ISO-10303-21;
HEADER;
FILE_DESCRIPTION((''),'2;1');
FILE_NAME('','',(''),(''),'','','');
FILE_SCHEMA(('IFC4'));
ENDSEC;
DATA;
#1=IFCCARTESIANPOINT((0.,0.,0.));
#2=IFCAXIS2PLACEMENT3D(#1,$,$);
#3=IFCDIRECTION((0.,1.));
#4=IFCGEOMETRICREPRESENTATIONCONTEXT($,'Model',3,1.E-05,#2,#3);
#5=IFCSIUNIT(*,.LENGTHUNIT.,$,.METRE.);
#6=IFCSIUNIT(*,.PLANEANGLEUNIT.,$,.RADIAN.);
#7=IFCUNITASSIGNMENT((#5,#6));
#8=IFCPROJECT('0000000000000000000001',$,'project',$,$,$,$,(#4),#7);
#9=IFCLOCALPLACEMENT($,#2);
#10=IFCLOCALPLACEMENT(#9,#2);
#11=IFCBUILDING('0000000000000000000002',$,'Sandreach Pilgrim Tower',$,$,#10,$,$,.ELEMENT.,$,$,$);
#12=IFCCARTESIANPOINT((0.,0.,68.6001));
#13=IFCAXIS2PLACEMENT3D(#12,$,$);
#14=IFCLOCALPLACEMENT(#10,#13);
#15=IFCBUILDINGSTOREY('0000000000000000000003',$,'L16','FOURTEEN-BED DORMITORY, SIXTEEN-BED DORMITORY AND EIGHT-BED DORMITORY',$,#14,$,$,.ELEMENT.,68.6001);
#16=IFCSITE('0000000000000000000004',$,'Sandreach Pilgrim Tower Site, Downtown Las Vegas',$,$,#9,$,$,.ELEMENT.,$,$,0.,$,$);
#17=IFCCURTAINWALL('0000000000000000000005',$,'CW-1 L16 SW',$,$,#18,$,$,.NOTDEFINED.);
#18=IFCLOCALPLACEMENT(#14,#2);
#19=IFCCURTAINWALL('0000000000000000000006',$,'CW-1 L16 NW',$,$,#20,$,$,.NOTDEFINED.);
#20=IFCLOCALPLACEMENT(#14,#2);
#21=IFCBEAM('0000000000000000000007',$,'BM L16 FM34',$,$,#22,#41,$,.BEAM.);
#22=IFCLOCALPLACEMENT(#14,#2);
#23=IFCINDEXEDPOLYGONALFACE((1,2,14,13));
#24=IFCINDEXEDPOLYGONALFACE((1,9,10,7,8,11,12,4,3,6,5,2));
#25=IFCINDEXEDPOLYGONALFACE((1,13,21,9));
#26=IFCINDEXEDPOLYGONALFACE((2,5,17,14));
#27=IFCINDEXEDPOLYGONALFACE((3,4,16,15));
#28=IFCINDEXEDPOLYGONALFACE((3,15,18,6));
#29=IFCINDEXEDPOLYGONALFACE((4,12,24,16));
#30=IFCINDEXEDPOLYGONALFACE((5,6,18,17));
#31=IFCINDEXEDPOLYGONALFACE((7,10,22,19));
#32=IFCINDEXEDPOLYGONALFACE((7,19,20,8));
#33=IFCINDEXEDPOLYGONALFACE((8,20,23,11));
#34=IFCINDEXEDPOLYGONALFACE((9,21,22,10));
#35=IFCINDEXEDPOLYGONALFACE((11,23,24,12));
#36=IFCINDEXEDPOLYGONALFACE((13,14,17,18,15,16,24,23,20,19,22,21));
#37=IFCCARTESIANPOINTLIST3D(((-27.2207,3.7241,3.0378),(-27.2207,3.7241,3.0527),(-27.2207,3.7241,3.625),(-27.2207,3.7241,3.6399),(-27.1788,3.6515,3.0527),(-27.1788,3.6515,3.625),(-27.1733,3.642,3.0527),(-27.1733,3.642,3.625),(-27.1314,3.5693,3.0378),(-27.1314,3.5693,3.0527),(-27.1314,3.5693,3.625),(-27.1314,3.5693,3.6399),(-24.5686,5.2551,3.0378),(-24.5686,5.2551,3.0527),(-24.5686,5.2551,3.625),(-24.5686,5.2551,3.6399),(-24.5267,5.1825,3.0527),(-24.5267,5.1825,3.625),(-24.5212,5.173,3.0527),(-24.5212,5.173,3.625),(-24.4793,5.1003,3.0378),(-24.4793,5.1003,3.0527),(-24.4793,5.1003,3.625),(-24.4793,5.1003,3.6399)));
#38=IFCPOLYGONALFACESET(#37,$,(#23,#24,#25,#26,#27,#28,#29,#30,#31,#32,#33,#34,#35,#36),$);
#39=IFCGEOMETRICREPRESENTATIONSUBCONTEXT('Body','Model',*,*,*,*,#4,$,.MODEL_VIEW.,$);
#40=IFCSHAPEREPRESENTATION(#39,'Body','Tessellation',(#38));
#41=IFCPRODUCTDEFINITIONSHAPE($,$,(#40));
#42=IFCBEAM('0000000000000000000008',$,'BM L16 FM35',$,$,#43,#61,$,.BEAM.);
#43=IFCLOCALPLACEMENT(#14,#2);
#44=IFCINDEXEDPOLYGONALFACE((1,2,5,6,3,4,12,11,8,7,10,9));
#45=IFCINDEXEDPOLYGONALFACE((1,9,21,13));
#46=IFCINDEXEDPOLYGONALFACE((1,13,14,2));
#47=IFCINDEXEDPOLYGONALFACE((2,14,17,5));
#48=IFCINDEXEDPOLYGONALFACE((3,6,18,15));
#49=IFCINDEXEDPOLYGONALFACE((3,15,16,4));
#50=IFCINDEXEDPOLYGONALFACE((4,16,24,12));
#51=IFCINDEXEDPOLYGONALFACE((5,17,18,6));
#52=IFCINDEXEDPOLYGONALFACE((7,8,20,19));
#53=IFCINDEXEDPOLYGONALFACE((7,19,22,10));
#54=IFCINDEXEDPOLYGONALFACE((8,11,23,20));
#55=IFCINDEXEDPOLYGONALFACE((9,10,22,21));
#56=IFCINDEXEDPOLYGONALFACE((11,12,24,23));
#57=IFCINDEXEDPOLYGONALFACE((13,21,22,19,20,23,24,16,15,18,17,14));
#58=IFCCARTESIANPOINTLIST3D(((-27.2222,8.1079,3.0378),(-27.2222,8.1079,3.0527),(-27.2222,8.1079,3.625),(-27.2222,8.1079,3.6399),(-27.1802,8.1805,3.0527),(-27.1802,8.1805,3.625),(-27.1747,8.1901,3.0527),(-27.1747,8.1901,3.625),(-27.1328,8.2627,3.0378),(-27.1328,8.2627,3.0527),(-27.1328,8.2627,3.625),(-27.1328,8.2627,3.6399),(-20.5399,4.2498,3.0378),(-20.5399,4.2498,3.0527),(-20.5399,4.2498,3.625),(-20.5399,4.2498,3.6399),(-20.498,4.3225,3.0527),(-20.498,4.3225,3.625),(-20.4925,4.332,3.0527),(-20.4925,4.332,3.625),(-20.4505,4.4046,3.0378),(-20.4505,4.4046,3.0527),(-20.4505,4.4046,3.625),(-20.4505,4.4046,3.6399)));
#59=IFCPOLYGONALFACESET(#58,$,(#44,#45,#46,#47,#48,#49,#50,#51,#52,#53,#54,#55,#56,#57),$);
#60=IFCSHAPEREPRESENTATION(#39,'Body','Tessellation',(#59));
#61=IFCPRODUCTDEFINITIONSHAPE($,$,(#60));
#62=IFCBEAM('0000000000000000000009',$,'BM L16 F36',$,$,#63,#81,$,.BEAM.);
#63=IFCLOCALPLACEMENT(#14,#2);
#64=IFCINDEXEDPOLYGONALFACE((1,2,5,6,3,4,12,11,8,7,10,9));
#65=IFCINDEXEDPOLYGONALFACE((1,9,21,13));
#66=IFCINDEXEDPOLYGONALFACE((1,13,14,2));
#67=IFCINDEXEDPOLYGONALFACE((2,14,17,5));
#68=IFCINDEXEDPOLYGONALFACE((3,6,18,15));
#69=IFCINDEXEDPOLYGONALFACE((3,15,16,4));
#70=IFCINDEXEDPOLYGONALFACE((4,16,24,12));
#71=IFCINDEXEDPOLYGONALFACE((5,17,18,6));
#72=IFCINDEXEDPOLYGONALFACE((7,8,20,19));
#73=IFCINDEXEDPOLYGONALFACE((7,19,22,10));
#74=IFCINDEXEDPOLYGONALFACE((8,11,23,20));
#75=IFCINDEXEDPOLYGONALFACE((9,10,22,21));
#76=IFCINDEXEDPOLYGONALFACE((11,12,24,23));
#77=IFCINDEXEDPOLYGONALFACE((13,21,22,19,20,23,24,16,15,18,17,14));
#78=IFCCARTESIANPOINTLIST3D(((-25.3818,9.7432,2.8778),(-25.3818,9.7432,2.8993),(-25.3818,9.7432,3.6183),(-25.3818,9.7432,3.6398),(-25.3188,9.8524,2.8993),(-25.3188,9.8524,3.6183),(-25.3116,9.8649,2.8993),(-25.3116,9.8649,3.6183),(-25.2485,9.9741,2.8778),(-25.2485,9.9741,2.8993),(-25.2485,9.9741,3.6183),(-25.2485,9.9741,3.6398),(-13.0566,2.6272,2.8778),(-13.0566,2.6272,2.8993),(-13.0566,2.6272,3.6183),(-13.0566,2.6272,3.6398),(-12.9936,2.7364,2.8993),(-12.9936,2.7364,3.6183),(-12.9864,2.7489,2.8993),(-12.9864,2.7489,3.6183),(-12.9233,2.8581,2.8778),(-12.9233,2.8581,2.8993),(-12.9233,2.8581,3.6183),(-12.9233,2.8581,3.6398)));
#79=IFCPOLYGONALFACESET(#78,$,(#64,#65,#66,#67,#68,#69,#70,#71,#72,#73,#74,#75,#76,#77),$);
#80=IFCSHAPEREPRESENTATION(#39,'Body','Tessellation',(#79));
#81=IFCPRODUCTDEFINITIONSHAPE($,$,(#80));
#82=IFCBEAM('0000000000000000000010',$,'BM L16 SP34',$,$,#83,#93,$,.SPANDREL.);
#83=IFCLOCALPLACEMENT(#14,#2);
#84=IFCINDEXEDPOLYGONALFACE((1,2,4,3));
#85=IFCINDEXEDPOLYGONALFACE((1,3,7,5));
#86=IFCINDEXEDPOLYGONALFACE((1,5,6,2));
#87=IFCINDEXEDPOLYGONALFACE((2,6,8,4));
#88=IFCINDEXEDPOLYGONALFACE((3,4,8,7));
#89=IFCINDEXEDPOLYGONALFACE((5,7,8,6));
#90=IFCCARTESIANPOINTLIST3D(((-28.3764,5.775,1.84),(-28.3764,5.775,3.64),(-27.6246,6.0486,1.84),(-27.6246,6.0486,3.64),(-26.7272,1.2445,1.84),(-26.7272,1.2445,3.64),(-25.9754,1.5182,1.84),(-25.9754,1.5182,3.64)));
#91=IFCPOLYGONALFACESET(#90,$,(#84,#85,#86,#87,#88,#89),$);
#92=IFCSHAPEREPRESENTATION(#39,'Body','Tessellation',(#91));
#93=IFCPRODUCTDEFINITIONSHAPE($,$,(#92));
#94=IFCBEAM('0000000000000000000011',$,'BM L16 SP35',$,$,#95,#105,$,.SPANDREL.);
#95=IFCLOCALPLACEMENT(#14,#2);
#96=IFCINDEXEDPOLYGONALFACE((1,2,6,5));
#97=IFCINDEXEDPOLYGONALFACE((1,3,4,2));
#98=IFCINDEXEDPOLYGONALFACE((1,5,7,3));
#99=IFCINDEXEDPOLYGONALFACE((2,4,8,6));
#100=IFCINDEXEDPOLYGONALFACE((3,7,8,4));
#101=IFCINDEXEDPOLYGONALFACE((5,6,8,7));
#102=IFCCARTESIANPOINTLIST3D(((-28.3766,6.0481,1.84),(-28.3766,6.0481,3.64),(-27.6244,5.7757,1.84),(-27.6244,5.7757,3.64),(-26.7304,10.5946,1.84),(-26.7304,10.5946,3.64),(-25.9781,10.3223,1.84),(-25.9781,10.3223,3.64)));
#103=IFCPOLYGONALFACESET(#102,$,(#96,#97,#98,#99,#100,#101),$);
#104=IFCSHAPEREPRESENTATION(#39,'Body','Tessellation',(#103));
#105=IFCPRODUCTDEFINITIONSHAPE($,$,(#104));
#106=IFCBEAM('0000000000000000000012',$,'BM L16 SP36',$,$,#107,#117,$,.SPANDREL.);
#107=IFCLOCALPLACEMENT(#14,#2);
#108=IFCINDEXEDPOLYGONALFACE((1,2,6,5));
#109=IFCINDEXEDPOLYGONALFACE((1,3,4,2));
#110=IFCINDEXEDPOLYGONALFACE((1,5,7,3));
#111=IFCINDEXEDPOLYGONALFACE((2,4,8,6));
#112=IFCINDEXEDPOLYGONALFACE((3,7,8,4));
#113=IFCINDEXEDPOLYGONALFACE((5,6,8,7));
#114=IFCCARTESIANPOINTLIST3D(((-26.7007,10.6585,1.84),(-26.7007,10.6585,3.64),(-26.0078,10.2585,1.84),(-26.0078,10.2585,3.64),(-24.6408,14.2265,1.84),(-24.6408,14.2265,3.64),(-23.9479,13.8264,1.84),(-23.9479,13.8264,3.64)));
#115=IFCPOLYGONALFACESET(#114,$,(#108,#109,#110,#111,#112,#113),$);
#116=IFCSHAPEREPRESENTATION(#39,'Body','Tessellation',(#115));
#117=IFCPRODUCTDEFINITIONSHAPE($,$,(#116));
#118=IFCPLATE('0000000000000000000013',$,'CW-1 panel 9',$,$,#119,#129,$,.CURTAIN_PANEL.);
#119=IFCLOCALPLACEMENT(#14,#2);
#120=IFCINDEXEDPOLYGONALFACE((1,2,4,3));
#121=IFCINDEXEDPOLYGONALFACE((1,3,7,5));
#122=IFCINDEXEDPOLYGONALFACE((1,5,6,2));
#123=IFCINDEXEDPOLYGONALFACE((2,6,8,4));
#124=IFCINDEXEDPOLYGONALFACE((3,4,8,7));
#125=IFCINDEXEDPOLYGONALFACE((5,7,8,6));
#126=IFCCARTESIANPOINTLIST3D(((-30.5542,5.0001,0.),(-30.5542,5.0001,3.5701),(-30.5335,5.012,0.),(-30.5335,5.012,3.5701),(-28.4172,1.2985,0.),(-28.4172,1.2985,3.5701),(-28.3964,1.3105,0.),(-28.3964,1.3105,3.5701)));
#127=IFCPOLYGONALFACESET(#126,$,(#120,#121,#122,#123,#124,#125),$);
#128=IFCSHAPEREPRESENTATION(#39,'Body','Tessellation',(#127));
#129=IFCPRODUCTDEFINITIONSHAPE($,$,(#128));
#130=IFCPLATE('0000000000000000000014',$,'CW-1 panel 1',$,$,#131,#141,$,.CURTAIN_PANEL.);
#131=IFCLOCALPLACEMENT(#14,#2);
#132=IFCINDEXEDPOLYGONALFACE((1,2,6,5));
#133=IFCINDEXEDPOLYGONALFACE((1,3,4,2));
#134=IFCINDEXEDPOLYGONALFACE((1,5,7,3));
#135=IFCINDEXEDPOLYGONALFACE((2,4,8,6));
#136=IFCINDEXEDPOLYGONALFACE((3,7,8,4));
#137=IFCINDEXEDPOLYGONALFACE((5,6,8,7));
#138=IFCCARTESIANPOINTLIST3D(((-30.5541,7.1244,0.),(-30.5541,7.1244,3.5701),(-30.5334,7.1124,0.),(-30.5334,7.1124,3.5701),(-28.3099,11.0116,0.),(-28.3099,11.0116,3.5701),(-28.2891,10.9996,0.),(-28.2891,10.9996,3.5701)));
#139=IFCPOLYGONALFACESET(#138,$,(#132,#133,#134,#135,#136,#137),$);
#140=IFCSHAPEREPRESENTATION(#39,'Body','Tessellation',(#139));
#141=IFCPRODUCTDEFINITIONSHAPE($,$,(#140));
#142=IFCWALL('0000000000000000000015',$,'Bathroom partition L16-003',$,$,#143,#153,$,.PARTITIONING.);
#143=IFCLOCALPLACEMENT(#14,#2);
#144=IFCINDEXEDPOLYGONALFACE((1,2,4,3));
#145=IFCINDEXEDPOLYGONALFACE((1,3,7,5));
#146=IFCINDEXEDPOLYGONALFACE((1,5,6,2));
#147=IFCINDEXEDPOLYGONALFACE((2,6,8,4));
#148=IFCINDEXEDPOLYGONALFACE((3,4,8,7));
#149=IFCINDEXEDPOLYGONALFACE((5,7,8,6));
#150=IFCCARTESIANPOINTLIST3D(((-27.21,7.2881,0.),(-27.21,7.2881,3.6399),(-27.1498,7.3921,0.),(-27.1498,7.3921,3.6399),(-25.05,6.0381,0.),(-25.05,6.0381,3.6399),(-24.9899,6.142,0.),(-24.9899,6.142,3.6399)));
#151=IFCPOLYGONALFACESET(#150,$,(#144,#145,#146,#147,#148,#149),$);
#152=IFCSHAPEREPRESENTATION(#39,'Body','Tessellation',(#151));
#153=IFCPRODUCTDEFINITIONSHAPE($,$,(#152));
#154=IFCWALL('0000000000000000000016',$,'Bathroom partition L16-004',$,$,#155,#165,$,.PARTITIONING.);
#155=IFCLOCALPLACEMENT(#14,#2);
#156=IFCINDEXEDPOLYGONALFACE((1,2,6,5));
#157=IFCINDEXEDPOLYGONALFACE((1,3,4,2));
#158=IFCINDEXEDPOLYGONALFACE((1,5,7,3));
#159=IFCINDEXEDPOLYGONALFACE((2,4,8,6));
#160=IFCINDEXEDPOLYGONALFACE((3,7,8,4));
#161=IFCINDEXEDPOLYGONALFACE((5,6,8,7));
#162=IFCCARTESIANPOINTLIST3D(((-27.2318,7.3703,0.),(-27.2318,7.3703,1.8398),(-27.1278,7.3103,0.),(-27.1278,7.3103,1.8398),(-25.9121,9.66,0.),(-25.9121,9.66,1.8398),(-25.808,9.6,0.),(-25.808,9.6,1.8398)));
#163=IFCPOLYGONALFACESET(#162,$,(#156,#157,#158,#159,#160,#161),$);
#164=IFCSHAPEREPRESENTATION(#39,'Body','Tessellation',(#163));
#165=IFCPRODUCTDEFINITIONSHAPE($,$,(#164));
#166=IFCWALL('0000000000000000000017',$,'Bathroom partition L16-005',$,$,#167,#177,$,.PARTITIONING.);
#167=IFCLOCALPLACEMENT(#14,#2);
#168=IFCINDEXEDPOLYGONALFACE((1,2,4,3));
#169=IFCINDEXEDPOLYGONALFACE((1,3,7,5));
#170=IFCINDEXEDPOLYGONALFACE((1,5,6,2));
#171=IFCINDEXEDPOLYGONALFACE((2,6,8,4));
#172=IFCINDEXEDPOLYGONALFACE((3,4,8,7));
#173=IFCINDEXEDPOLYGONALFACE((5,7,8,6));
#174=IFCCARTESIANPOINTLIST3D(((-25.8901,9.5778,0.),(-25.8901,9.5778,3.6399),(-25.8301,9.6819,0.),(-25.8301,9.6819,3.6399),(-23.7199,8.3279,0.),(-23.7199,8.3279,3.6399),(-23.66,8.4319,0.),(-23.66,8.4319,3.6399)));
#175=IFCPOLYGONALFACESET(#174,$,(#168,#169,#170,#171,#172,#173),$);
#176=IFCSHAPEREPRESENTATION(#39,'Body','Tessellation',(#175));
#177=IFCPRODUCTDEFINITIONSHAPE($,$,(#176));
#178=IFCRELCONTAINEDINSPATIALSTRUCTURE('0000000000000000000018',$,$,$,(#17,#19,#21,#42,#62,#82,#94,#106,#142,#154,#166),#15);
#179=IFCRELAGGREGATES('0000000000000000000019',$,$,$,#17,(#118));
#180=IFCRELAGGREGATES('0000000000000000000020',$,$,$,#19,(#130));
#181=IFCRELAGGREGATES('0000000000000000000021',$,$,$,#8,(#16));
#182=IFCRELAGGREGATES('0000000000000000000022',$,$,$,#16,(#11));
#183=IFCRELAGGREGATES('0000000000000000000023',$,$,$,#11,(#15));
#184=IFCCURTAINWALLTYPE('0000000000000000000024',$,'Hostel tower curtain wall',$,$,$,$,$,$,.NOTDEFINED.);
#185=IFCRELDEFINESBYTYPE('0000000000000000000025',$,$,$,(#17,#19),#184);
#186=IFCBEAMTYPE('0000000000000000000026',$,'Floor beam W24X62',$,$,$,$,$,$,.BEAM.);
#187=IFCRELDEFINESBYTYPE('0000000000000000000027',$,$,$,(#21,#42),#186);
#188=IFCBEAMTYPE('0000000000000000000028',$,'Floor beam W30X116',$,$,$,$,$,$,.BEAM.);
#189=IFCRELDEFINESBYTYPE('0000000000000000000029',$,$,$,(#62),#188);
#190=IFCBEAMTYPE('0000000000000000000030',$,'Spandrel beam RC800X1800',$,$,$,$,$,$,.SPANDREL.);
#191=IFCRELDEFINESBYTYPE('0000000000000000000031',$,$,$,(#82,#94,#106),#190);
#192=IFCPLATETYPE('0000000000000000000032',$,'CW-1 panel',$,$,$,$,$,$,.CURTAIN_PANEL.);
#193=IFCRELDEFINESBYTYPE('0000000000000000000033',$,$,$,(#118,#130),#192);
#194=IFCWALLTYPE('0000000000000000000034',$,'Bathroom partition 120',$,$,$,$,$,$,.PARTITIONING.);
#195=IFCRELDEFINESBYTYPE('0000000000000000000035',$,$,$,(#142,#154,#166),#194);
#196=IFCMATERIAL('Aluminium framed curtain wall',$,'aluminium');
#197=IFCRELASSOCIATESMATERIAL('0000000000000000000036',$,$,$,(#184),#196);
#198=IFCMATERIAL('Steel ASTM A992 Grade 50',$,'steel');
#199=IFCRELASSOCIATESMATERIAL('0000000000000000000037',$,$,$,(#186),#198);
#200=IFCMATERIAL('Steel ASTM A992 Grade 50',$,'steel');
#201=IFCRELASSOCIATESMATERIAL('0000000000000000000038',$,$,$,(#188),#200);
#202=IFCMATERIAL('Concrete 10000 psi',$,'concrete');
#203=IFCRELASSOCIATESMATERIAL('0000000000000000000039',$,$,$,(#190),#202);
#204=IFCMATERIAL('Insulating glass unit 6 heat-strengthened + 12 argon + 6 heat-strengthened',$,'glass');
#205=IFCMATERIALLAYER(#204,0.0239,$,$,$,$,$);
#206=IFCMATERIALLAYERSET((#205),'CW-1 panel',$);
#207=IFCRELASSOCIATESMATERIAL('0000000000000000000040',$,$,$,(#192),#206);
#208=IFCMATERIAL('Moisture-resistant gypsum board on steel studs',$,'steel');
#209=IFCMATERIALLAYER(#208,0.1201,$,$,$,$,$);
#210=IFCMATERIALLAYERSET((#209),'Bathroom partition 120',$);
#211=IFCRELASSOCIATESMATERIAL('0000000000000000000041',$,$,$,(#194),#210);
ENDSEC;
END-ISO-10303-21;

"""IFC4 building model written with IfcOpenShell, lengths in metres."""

from ifc_helpers import new_model, si_unit, direction, frame, frame_2d, origin, origin_2d, place, context, subcontext, project, spatial, rectangle, i_section, extrude, material, layer, layer_set, material_profile, profile_set, type_object, element, aggregate, save


model = new_model("IFC4")

# Units and contexts
model_context = context("Model", 3, precision=1e-05, world=origin(), true_north=direction((0.0, 1.0)))
body_context = subcontext(model_context, "Body", "Model", "MODEL_VIEW")
ifc_project = project(units=[si_unit("LENGTHUNIT", "METRE"), si_unit("PLANEANGLEUNIT", "RADIAN")], contexts=[model_context])

# Site, building, storey
site_placement = place(None, origin())
site = spatial("IfcSite", under=ifc_project, at=site_placement, Name="Sandreach Pilgrim Tower Site, Downtown Las Vegas", CompositionType="ELEMENT", RefElevation=0.0)
building_placement = place(site_placement, origin())
building = spatial("IfcBuilding", under=site, at=building_placement, Name="Sandreach Pilgrim Tower", CompositionType="ELEMENT")
storey_placement = place(building_placement, frame((0.0, 0.0, 68.6001)))
storey = spatial("IfcBuildingStorey", under=building, at=storey_placement, Name="L16", Description="FOURTEEN-BED DORMITORY, SIXTEEN-BED DORMITORY AND EIGHT-BED DORMITORY", CompositionType="ELEMENT", Elevation=68.6001)

# Curtain wall
ifc_material_1 = material(Name="Aluminium framed curtain wall", Category="aluminium")
curtain_wall_type = type_object("IfcCurtainWallType", Name="Hostel tower curtain wall", PredefinedType="NOTDEFINED", material=ifc_material_1)
curtain_wall_1_placement = place(storey_placement, origin())
curtain_wall_1 = element("IfcCurtainWall", 1, at=curtain_wall_1_placement, inside=storey, type_object=curtain_wall_type, Name="CW-1 L16 SW", PredefinedType="NOTDEFINED")

# Curtain wall
curtain_wall_2_placement = place(storey_placement, origin())
curtain_wall_2 = element("IfcCurtainWall", 2, at=curtain_wall_2_placement, inside=storey, type_object=curtain_wall_type, Name="CW-1 L16 NW", PredefinedType="NOTDEFINED")

# Beams
ifc_material_2 = material(Name="Steel ASTM A992 Grade 50", Category="steel")
ifc_material_profile_1 = material_profile(ifc_material_2, i_section(OverallWidth=0.1787, OverallDepth=0.6021, WebThickness=0.011, FlangeThickness=0.0149, at=origin_2d()), Name="W24X62")
ifc_profile_set_1 = profile_set([ifc_material_profile_1], Name="Steel ASTM A992 Grade 50")
beam_type_1 = type_object("IfcBeamType", Name="Floor beam W24X62", PredefinedType="BEAM", material=ifc_profile_set_1)
beam_1_placement = place(storey_placement, frame((-27.176, 3.6467, 3.3389), z_axis=(0.866052, 0.499955, 0.0), x_axis=(-0.499955, 0.866052, 0.0)))
element("IfcBeam", 3, at=beam_1_placement, inside=storey, type_object=beam_type_1, Name="BM L16 FM34", PredefinedType="BEAM", context=body_context, shape_type="SweptSolid", body=[
    extrude(i_section(OverallWidth=0.1787, OverallDepth=0.6021, WebThickness=0.011, FlangeThickness=0.0149, at=origin_2d()), origin(), (0.0, 0.0, 1.0), 3.0623),
])
beam_2_placement = place(storey_placement, frame((-27.1775, 8.1853, 3.3389), z_axis=(0.866021, -0.500008, 0.0), x_axis=(0.500008, 0.866021, 0.0)))
element("IfcBeam", 4, at=beam_2_placement, inside=storey, type_object=beam_type_1, Name="BM L16 FM35", PredefinedType="BEAM", context=body_context, shape_type="SweptSolid", body=[
    extrude(i_section(OverallWidth=0.1787, OverallDepth=0.6021, WebThickness=0.011, FlangeThickness=0.0149, at=origin_2d()), origin(), (0.0, 0.0, 1.0), 7.7161),
])
ifc_material_3 = material(Name="Steel ASTM A992 Grade 50", Category="steel")
ifc_material_profile_2 = material_profile(ifc_material_3, i_section(OverallWidth=0.2666, OverallDepth=0.762, WebThickness=0.0144, FlangeThickness=0.0215, at=origin_2d()), Name="W30X116")
ifc_profile_set_2 = profile_set([ifc_material_profile_2], Name="Steel ASTM A992 Grade 50")
beam_type_2 = type_object("IfcBeamType", Name="Floor beam W30X116", PredefinedType="BEAM", material=ifc_profile_set_2)
beam_3_placement = place(storey_placement, frame((-25.3152, 9.8586, 3.2588), z_axis=(0.866025, -0.500001, 0.0), x_axis=(0.500001, 0.866025, 0.0)))
element("IfcBeam", 5, at=beam_3_placement, inside=storey, type_object=beam_type_2, Name="BM L16 F36", PredefinedType="BEAM", context=body_context, shape_type="SweptSolid", body=[
    extrude(i_section(OverallWidth=0.2666, OverallDepth=0.762, WebThickness=0.0144, FlangeThickness=0.0215, at=origin_2d()), origin(), (0.0, 0.0, 1.0), 14.2319),
])
ifc_material_4 = material(Name="Concrete 10000 psi", Category="concrete")
ifc_material_profile_3 = material_profile(ifc_material_4, rectangle(XDim=0.8, YDim=1.8, at=origin_2d()), Name="RC800X1800")
ifc_profile_set_3 = profile_set([ifc_material_profile_3], Name="Concrete 10000 psi")
beam_type_3 = type_object("IfcBeamType", Name="Spandrel beam RC800X1800", PredefinedType="SPANDREL", material=ifc_profile_set_3)
beam_4_placement = place(storey_placement, frame((-26.3513, 1.3813, 2.74), z_axis=(-0.342056, 0.93968, 0.0), x_axis=(-0.93968, -0.342056, 0.0)))
element("IfcBeam", 6, at=beam_4_placement, inside=storey, type_object=beam_type_3, Name="BM L16 SP34", PredefinedType="SPANDREL", context=body_context, shape_type="SweptSolid", body=[
    extrude(rectangle(XDim=0.8, YDim=1.8, at=origin_2d()), origin(), (0.0, 0.0, 1.0), 4.8213),
])
beam_5_placement = place(storey_placement, frame((-28.0005, 5.9119, 2.74), z_axis=(0.34045, 0.940263, 0.0), x_axis=(-0.940263, 0.34045, 0.0)))
element("IfcBeam", 7, at=beam_5_placement, inside=storey, type_object=beam_type_3, Name="BM L16 SP35", PredefinedType="SPANDREL", context=body_context, shape_type="SweptSolid", body=[
    extrude(rectangle(XDim=0.8, YDim=1.8, at=origin_2d()), origin(), (0.0, 0.0, 1.0), 4.8354),
])
beam_6_placement = place(storey_placement, frame((-26.3542, 10.4585, 2.74), z_axis=(0.499982, 0.866036, 0.0), x_axis=(-0.866036, 0.499982, 0.0)))
element("IfcBeam", 8, at=beam_6_placement, inside=storey, type_object=beam_type_3, Name="BM L16 SP36", PredefinedType="SPANDREL", context=body_context, shape_type="SweptSolid", body=[
    extrude(rectangle(XDim=0.8, YDim=1.8, at=origin_2d()), origin(), (0.0, 0.0, 1.0), 4.1199),
])

# Plates
ifc_material_5 = material(Name="Insulating glass unit 6 heat-strengthened + 12 argon + 6 heat-strengthened", Category="glass")
ifc_layer_1 = layer(ifc_material_5, 0.0239)
ifc_layer_set_1 = layer_set([ifc_layer_1], Name="CW-1 panel")
plate_type = type_object("IfcPlateType", Name="CW-1 panel", PredefinedType="CURTAIN_PANEL", material=ifc_layer_set_1)
plate_1_placement = place(storey_placement, frame((-29.4753, 3.1553, 0.0), z_axis=(0.0, 0.0, 1.0), x_axis=(-0.5, 0.866025, 0.0)))
plate_1 = element("IfcPlate", 9, at=plate_1_placement, type_object=plate_type, Name="CW-1 panel 9", PredefinedType="CURTAIN_PANEL", context=body_context, shape_type="SweptSolid", body=[
    extrude(rectangle(XDim=4.2742, YDim=0.0239, at=origin_2d()), origin(), (0.0, 0.0, 1.0), 3.5701),
])
aggregate(curtain_wall_1, [plate_1])
plate_2_placement = place(storey_placement, frame((-29.4216, 9.062, 0.0), z_axis=(0.0, 0.0, 1.0), x_axis=(0.5, 0.866025, 0.0)))
plate_2 = element("IfcPlate", 10, at=plate_2_placement, type_object=plate_type, Name="CW-1 panel 1", PredefinedType="CURTAIN_PANEL", context=body_context, shape_type="SweptSolid", body=[
    extrude(rectangle(XDim=4.4885, YDim=0.0239, at=origin_2d()), origin(), (0.0, 0.0, 1.0), 3.5701),
])
aggregate(curtain_wall_2, [plate_2])

# Walls
ifc_material_6 = material(Name="Moisture-resistant gypsum board on steel studs", Category="steel")
ifc_layer_2 = layer(ifc_material_6, 0.1201)
ifc_layer_set_2 = layer_set([ifc_layer_2], Name="Bathroom partition 120")
wall_type_1 = type_object("IfcWallType", Name="Bathroom partition 120", PredefinedType="PARTITIONING", material=ifc_layer_set_2)
wall_1_placement = place(storey_placement, frame((-27.1799, 7.3401, 0.0), z_axis=(0.0, 0.0, 1.0), x_axis=(0.865509, -0.500894, 0.0)))
element("IfcWall", 11, at=wall_1_placement, inside=storey, type_object=wall_type_1, Name="Bathroom partition L16-003", PredefinedType="PARTITIONING", context=body_context, shape_type="SweptSolid", body=[
    extrude(rectangle(XDim=2.4956, YDim=0.1201, at=frame_2d((1.2478, 0.0))), origin(), (0.0, 0.0, 1.0), 3.6399),
])
wall_2_placement = place(storey_placement, frame((-25.8601, 9.6299, 0.0), z_axis=(0.0, 0.0, 1.0), x_axis=(-0.499379, -0.866384, 0.0)))
element("IfcWall", 12, at=wall_2_placement, inside=storey, type_object=wall_type_1, Name="Bathroom partition L16-004", PredefinedType="PARTITIONING", context=body_context, shape_type="SweptSolid", body=[
    extrude(rectangle(XDim=2.6428, YDim=0.1201, at=frame_2d((1.3213, 0.0))), origin(), (0.0, 0.0, 1.0), 1.8398),
])
wall_3_placement = place(storey_placement, frame((-25.8601, 9.6299, 0.0), z_axis=(0.0, 0.0, 1.0), x_axis=(0.866534, -0.499118, 0.0)))
element("IfcWall", 13, at=wall_3_placement, inside=storey, type_object=wall_type_1, Name="Bathroom partition L16-005", PredefinedType="PARTITIONING", context=body_context, shape_type="SweptSolid", body=[
    extrude(rectangle(XDim=2.5044, YDim=0.1201, at=frame_2d((1.2522, 0.0))), origin(), (0.0, 0.0, 1.0), 3.6399),
])

save(model, "model.ifc")
